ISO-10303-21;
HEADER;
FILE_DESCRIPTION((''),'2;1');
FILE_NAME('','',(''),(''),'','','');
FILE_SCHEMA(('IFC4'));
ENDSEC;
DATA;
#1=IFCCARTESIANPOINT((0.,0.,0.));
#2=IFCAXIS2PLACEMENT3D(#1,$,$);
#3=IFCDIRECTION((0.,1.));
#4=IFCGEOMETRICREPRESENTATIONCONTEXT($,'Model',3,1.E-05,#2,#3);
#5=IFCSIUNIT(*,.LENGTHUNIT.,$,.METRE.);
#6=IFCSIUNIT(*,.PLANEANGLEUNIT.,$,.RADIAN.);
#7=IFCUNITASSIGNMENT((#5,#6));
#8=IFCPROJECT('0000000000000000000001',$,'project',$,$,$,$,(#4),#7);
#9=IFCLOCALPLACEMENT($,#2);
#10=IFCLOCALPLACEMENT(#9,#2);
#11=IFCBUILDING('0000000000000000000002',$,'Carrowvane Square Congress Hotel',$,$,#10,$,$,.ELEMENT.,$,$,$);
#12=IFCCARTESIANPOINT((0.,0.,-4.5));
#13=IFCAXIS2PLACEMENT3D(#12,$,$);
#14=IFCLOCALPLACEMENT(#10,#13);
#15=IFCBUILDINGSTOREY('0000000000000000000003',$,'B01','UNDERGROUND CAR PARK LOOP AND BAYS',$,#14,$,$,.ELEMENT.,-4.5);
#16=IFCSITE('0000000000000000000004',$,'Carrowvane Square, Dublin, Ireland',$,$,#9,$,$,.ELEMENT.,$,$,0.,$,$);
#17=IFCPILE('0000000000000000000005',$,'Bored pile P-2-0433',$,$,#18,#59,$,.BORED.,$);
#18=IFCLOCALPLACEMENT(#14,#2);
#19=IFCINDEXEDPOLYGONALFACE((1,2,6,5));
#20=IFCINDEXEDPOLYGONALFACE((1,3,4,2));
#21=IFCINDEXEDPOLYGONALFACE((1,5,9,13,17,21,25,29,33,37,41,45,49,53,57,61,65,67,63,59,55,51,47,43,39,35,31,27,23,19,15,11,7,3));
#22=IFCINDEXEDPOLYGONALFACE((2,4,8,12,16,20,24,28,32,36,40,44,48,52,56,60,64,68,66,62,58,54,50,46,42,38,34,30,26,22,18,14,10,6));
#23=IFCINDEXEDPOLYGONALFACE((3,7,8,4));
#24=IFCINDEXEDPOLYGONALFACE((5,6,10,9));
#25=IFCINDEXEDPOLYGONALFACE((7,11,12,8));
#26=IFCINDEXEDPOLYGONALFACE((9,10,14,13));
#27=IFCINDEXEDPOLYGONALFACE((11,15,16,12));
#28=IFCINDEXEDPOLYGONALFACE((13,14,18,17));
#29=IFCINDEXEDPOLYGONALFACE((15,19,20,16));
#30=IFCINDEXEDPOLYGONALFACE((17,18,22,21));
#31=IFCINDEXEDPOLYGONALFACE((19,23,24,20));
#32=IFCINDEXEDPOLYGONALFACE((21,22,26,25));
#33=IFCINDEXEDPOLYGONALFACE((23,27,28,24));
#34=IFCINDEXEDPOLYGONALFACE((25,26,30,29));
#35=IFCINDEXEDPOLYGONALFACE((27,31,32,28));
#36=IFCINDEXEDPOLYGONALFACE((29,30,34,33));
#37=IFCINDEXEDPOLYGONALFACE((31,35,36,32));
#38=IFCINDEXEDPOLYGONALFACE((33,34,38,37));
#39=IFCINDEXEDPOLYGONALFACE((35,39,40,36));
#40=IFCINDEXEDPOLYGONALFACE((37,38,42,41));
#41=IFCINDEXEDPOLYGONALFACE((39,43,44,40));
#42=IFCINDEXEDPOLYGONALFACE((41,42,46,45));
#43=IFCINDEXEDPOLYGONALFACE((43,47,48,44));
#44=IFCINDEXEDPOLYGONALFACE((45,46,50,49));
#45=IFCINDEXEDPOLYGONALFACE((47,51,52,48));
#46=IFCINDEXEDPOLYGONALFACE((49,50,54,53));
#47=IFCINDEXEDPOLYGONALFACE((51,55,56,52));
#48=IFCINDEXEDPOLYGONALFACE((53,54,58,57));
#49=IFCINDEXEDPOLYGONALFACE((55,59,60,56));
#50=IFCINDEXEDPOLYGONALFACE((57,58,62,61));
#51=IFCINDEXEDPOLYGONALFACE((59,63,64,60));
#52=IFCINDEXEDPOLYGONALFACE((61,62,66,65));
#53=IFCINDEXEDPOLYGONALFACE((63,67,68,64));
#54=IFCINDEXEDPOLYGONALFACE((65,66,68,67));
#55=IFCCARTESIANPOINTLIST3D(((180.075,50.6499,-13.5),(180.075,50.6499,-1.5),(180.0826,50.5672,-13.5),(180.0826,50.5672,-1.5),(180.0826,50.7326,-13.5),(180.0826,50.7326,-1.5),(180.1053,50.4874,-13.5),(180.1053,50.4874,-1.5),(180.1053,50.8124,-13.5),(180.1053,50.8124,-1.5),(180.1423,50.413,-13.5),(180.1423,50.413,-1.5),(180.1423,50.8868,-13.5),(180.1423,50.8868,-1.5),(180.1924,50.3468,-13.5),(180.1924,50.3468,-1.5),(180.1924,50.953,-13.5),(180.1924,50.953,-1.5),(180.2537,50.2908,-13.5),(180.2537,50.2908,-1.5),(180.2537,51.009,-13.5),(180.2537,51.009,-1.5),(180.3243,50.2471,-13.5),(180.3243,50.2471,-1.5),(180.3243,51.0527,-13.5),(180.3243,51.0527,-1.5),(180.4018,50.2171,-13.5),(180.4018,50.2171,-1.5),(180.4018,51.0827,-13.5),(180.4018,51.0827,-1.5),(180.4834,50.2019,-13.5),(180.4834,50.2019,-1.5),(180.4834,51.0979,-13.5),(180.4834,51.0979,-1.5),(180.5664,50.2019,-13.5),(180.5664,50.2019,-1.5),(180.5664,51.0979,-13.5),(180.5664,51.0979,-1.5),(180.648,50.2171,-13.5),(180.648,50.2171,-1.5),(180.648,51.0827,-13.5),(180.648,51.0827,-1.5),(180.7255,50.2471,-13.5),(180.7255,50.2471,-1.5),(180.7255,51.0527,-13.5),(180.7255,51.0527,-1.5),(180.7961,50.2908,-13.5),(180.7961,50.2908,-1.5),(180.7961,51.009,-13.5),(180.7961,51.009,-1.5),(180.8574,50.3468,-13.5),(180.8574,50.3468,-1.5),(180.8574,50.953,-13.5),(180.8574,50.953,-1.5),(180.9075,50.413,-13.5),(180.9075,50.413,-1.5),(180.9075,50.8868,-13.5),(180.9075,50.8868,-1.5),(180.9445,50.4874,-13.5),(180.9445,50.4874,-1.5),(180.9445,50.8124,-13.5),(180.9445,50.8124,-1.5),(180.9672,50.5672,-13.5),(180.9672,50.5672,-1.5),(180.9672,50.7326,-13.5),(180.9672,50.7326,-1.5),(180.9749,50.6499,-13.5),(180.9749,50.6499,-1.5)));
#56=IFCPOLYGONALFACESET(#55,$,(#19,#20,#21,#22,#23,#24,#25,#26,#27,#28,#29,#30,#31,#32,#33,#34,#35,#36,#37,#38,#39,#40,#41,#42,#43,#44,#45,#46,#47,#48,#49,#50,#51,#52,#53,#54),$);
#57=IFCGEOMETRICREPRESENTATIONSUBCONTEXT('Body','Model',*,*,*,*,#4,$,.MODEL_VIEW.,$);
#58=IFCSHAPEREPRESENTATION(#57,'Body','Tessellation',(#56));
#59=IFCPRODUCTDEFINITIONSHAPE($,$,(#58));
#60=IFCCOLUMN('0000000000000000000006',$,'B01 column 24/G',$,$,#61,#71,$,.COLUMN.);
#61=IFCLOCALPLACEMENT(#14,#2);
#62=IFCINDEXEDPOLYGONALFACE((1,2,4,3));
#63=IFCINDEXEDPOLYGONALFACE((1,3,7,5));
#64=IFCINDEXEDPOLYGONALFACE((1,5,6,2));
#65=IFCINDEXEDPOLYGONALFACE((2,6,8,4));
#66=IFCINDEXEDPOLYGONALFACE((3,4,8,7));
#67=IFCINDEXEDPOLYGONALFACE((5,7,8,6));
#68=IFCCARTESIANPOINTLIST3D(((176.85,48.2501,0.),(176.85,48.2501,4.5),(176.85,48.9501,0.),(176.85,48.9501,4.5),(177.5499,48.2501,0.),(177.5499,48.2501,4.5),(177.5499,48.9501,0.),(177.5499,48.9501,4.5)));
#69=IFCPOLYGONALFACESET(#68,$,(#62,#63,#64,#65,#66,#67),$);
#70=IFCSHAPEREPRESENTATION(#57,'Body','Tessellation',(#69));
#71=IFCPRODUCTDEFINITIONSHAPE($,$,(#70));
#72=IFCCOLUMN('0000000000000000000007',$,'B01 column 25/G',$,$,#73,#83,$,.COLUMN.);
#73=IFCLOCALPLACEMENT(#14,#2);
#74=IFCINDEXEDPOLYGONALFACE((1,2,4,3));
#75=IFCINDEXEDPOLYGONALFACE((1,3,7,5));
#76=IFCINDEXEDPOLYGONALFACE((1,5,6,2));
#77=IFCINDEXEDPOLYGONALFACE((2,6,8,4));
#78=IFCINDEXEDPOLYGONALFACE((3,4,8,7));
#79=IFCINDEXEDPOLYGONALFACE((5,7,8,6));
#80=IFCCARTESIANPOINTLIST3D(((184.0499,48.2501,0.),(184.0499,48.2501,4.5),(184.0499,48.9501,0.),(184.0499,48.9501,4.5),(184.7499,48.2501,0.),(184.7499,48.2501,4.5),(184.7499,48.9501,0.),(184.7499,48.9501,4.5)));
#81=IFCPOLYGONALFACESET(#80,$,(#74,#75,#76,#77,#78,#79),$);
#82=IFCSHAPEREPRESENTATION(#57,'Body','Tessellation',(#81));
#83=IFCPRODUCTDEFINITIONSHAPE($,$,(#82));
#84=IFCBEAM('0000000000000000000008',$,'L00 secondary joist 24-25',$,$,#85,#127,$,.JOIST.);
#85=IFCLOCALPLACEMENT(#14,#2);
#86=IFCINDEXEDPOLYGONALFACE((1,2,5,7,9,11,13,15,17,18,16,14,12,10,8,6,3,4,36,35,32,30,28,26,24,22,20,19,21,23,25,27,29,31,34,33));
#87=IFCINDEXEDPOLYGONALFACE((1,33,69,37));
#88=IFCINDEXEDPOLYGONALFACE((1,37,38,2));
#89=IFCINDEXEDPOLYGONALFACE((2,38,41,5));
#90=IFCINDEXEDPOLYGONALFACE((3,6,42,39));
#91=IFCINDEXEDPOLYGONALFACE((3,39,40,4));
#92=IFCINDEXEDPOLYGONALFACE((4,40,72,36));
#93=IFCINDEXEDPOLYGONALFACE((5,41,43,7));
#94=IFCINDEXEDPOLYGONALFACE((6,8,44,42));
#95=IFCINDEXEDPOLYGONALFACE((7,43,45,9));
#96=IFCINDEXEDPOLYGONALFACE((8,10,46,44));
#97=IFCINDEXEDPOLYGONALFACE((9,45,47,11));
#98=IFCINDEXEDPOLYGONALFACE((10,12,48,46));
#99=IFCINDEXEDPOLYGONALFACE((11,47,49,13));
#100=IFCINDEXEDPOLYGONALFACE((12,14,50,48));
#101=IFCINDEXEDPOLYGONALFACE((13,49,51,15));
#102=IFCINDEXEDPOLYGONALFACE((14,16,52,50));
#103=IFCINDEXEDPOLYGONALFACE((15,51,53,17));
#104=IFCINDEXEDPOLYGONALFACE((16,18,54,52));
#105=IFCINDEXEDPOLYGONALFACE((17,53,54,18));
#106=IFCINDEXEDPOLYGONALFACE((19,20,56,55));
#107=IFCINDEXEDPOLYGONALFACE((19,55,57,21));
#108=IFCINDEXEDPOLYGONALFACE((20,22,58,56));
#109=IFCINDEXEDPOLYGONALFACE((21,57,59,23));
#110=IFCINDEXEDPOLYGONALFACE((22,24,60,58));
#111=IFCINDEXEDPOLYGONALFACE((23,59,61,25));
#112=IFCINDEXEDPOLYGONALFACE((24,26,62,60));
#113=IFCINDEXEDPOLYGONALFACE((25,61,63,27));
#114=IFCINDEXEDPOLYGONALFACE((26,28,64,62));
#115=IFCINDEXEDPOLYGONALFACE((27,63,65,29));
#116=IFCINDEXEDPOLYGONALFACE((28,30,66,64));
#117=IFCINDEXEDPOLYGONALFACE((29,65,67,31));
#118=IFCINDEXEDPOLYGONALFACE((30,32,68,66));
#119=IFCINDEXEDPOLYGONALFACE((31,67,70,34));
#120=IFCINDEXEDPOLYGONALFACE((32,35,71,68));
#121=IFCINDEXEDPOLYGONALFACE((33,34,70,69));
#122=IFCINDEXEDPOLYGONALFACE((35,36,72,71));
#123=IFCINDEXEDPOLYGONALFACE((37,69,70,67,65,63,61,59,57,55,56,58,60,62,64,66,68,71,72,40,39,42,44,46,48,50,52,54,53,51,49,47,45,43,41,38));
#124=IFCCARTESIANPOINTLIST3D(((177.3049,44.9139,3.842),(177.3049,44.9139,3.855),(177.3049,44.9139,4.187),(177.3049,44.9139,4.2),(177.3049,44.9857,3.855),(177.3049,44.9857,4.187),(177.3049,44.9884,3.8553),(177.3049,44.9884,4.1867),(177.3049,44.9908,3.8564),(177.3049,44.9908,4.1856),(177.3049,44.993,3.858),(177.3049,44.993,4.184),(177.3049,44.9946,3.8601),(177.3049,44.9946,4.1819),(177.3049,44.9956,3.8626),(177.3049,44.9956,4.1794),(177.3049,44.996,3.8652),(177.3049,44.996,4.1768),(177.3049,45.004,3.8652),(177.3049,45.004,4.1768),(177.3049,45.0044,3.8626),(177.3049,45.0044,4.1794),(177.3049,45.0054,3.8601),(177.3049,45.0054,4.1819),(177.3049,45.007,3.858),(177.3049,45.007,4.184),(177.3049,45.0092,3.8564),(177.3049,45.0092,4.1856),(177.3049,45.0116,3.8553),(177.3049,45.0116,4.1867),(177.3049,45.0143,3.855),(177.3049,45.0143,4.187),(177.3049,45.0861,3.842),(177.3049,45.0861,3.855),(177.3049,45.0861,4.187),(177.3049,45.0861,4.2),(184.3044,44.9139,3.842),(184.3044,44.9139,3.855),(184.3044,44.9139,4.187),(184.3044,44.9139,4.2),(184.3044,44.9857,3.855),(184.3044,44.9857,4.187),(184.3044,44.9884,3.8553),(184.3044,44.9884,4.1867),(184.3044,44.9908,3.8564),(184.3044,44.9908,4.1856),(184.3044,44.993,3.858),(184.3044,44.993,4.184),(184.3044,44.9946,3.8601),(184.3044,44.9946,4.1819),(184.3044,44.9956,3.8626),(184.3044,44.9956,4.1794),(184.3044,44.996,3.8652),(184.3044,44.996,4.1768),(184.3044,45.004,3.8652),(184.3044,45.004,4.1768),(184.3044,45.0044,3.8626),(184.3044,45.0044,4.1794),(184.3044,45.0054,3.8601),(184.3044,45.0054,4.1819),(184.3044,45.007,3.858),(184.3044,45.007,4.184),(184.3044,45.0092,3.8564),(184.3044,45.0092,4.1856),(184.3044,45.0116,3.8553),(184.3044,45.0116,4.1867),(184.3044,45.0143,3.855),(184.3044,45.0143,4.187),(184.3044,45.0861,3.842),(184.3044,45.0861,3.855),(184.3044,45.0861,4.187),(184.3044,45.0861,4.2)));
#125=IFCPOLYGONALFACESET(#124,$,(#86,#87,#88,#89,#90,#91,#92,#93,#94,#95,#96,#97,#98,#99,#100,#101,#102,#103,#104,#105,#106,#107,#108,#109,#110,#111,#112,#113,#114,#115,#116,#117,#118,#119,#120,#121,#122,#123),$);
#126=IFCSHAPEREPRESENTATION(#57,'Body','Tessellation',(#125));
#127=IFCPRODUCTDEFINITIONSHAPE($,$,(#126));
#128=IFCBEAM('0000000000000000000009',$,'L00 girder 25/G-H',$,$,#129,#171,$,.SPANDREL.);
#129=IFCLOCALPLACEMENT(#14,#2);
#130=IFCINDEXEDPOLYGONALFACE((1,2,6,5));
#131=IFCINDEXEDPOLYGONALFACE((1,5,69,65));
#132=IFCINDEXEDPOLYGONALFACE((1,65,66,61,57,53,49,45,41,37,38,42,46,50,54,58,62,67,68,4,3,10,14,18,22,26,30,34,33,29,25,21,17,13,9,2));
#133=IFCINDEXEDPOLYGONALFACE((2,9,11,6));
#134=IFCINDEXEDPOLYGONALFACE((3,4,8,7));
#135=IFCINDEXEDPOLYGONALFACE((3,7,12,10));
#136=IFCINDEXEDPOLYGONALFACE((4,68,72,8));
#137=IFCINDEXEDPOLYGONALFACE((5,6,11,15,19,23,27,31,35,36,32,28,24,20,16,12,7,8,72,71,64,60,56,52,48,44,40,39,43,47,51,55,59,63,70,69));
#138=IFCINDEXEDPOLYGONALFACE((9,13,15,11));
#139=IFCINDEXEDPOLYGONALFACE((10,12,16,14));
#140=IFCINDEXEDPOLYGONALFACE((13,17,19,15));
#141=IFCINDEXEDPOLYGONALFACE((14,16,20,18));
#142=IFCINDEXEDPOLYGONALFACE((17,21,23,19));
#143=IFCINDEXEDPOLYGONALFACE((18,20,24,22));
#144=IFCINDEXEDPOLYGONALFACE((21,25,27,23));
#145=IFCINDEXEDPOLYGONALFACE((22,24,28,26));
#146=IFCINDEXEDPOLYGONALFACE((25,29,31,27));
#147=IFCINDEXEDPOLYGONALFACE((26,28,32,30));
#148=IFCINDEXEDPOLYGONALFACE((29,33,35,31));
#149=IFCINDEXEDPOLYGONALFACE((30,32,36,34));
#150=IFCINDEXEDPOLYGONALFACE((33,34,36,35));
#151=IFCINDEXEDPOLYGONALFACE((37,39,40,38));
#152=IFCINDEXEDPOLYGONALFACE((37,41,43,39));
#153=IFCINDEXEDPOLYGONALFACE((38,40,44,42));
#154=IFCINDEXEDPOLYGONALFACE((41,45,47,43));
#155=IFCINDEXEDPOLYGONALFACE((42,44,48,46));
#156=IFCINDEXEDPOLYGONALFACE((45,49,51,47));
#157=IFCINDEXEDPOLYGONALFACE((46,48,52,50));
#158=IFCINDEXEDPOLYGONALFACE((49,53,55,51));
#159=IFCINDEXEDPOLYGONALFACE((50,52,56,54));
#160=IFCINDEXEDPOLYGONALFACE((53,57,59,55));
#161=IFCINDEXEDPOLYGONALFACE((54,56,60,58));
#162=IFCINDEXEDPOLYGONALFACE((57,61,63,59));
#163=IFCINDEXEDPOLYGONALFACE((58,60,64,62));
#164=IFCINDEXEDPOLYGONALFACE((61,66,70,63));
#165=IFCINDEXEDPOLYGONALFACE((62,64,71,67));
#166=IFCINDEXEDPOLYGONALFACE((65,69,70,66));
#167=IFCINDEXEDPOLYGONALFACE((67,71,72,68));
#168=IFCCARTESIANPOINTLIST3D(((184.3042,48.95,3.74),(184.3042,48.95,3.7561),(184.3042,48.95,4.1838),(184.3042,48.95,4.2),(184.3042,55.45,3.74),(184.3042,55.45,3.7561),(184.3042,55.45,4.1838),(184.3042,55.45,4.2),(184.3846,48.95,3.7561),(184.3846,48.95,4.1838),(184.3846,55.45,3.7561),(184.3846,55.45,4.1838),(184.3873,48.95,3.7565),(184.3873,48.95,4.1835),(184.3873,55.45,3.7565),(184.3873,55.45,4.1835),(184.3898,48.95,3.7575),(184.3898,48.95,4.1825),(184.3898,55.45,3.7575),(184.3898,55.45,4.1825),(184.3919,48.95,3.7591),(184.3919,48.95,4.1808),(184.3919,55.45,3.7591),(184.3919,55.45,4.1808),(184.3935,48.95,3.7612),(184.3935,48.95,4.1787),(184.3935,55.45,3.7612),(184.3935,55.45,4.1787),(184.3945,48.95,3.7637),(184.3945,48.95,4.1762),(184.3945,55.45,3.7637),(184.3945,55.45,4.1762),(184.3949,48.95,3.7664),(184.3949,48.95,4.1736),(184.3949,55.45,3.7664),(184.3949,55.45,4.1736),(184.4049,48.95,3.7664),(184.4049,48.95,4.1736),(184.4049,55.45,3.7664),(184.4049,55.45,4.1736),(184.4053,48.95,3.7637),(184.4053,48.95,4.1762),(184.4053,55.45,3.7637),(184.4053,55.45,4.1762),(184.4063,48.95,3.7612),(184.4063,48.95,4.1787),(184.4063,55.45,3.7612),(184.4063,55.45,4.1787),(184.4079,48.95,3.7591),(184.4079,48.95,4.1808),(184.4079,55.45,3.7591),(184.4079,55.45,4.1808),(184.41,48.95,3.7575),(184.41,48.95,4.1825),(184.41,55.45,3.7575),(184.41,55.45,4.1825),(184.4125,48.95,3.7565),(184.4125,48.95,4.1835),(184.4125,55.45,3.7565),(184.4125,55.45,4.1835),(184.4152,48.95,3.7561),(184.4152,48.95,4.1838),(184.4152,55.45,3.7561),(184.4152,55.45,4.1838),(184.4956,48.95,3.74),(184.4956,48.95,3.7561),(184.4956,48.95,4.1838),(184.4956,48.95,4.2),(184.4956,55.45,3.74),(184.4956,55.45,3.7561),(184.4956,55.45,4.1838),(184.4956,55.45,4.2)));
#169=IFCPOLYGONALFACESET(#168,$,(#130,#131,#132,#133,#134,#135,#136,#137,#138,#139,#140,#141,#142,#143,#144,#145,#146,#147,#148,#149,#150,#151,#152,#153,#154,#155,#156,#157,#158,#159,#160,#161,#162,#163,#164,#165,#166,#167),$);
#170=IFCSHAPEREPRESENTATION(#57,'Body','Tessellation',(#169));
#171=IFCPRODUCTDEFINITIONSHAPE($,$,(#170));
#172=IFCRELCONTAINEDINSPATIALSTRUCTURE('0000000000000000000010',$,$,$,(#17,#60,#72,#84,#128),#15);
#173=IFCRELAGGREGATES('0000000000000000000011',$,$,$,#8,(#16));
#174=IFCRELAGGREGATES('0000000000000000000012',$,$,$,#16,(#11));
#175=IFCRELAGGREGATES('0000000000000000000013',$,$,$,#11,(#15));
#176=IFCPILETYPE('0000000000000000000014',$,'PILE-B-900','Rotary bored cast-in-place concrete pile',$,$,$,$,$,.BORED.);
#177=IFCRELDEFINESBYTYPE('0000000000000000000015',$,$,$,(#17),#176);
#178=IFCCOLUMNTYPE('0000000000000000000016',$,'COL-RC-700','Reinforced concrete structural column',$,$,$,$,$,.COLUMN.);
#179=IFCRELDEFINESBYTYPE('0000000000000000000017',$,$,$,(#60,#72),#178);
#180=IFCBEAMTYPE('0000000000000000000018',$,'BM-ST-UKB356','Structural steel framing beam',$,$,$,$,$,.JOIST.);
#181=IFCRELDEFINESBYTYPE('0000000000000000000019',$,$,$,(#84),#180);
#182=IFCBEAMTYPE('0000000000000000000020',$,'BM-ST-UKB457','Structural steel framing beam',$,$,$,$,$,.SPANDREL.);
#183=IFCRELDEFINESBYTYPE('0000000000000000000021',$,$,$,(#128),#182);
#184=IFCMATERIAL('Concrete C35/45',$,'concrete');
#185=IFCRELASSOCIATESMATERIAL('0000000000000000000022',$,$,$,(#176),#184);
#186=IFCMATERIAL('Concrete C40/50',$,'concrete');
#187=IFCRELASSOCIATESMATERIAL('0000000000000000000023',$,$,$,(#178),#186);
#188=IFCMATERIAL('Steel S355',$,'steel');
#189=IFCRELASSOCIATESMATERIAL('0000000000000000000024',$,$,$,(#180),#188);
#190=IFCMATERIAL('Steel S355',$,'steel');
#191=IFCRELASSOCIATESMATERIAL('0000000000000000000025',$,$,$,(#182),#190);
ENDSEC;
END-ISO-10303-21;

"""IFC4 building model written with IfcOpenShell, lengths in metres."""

from ifc_helpers import new_model, si_unit, direction, frame, origin, origin_2d, place, context, subcontext, project, spatial, rectangle, circle, i_section, extrude, material, material_profile, profile_set, type_object, element, save


model = new_model("IFC4")

# Units and contexts
model_context = context("Model", 3, precision=1e-05, world=origin(), true_north=direction((0.0, 1.0)))
body_context = subcontext(model_context, "Body", "Model", "MODEL_VIEW")
ifc_project = project(units=[si_unit("LENGTHUNIT", "METRE"), si_unit("PLANEANGLEUNIT", "RADIAN")], contexts=[model_context])

# Site, building, storey
site_placement = place(None, origin())
site = spatial("IfcSite", under=ifc_project, at=site_placement, Name="Carrowvane Square, Dublin, Ireland", CompositionType="ELEMENT", RefElevation=0.0)
building_placement = place(site_placement, origin())
building = spatial("IfcBuilding", under=site, at=building_placement, Name="Carrowvane Square Congress Hotel", CompositionType="ELEMENT")
storey_placement = place(building_placement, frame((0.0, 0.0, -4.5)))
storey = spatial("IfcBuildingStorey", under=building, at=storey_placement, Name="B01", Description="UNDERGROUND CAR PARK LOOP AND BAYS", CompositionType="ELEMENT", Elevation=-4.5)

# Pile
ifc_material_1 = material(Name="Concrete C35/45", Category="concrete")
ifc_material_profile_1 = material_profile(ifc_material_1, circle(Radius=0.45, at=origin_2d()), Name="PILE D900")
ifc_profile_set_1 = profile_set([ifc_material_profile_1], Name="Concrete C35/45")
pile_type_1 = type_object("IfcPileType", Name="PILE-B-900", Description="Rotary bored cast-in-place concrete pile", PredefinedType="BORED", material=ifc_profile_set_1)
for number, where, z_axis, x_axis, name in (
    (1, (180.5249, 50.6499, -1.5), (0.0, 0.0, -1.0), (1.0, 0.0, 0.0), "Bored pile P-2-0433"),
):
    element("IfcPile", number, at=place(storey_placement, frame(where, z_axis=z_axis, x_axis=x_axis)), inside=storey, type_object=pile_type_1, Name=name, PredefinedType="BORED", context=body_context, shape_type="SweptSolid", body=[
        extrude(circle(Radius=0.45, at=origin_2d()), origin(), (0.0, 0.0, 1.0), 12.0),
    ])

# Columns
ifc_material_2 = material(Name="Concrete C40/50", Category="concrete")
ifc_material_profile_2 = material_profile(ifc_material_2, rectangle(XDim=0.7, YDim=0.7, at=origin_2d()), Name="RC 700x700")
ifc_profile_set_2 = profile_set([ifc_material_profile_2], Name="Concrete C40/50")
column_type = type_object("IfcColumnType", Name="COL-RC-700", Description="Reinforced concrete structural column", PredefinedType="COLUMN", material=ifc_profile_set_2)
for number, where, z_axis, x_axis, name in (
    (2, (177.2, 48.6001, 0.0), (0.0, 0.0, 1.0), (1.0, 0.0, 0.0), "B01 column 24/G"),
    (3, (184.3999, 48.6001, 0.0), (0.0, 0.0, 1.0), (1.0, 0.0, 0.0), "B01 column 25/G"),
):
    element("IfcColumn", number, at=place(storey_placement, frame(where, z_axis=z_axis, x_axis=x_axis)), inside=storey, type_object=column_type, Name=name, PredefinedType="COLUMN", context=body_context, shape_type="SweptSolid", body=[
        extrude(rectangle(XDim=0.7, YDim=0.7, at=origin_2d()), origin(), (0.0, 0.0, 1.0), 4.5),
    ])

# Beams
ifc_material_3 = material(Name="Steel S355", Category="steel")
ifc_material_profile_3 = material_profile(ifc_material_3, i_section(OverallWidth=0.1721, OverallDepth=0.3579, WebThickness=0.0081, FlangeThickness=0.0129, FilletRadius=0.0103, at=origin_2d()), Name="UKB 356x171x57")
ifc_profile_set_3 = profile_set([ifc_material_profile_3], Name="Steel S355")
beam_type_1 = type_object("IfcBeamType", Name="BM-ST-UKB356", Description="Structural steel framing beam", PredefinedType="JOIST", material=ifc_profile_set_3)
beam_1_placement = place(storey_placement, frame((177.3049, 45.0, 4.021), z_axis=(1.0, 0.0, 0.0), x_axis=(0.0, 1.0, 0.0)))
element("IfcBeam", 4, at=beam_1_placement, inside=storey, type_object=beam_type_1, Name="L00 secondary joist 24-25", PredefinedType="JOIST", context=body_context, shape_type="SweptSolid", body=[
    extrude(i_section(OverallWidth=0.1721, OverallDepth=0.3579, WebThickness=0.0081, FlangeThickness=0.0129, FilletRadius=0.0103, at=origin_2d()), origin(), (0.0, 0.0, 1.0), 6.9995),
])
ifc_material_4 = material(Name="Steel S355", Category="steel")
ifc_material_profile_4 = material_profile(ifc_material_4, i_section(OverallWidth=0.1914, OverallDepth=0.46, WebThickness=0.01, FlangeThickness=0.0161, FilletRadius=0.0103, at=origin_2d()), Name="UKB 457x191x82")
ifc_profile_set_4 = profile_set([ifc_material_profile_4], Name="Steel S355")
beam_type_2 = type_object("IfcBeamType", Name="BM-ST-UKB457", Description="Structural steel framing beam", PredefinedType="SPANDREL", material=ifc_profile_set_4)
beam_2_placement = place(storey_placement, frame((184.3999, 48.95, 3.97), z_axis=(0.0, 1.0, 0.0), x_axis=(-1.0, 0.0, 0.0)))
element("IfcBeam", 5, at=beam_2_placement, inside=storey, type_object=beam_type_2, Name="L00 girder 25/G-H", PredefinedType="SPANDREL", context=body_context, shape_type="SweptSolid", body=[
    extrude(i_section(OverallWidth=0.1914, OverallDepth=0.46, WebThickness=0.01, FlangeThickness=0.0161, FilletRadius=0.0103, at=origin_2d()), origin(), (0.0, 0.0, 1.0), 6.5),
])

save(model, "model.ifc")
